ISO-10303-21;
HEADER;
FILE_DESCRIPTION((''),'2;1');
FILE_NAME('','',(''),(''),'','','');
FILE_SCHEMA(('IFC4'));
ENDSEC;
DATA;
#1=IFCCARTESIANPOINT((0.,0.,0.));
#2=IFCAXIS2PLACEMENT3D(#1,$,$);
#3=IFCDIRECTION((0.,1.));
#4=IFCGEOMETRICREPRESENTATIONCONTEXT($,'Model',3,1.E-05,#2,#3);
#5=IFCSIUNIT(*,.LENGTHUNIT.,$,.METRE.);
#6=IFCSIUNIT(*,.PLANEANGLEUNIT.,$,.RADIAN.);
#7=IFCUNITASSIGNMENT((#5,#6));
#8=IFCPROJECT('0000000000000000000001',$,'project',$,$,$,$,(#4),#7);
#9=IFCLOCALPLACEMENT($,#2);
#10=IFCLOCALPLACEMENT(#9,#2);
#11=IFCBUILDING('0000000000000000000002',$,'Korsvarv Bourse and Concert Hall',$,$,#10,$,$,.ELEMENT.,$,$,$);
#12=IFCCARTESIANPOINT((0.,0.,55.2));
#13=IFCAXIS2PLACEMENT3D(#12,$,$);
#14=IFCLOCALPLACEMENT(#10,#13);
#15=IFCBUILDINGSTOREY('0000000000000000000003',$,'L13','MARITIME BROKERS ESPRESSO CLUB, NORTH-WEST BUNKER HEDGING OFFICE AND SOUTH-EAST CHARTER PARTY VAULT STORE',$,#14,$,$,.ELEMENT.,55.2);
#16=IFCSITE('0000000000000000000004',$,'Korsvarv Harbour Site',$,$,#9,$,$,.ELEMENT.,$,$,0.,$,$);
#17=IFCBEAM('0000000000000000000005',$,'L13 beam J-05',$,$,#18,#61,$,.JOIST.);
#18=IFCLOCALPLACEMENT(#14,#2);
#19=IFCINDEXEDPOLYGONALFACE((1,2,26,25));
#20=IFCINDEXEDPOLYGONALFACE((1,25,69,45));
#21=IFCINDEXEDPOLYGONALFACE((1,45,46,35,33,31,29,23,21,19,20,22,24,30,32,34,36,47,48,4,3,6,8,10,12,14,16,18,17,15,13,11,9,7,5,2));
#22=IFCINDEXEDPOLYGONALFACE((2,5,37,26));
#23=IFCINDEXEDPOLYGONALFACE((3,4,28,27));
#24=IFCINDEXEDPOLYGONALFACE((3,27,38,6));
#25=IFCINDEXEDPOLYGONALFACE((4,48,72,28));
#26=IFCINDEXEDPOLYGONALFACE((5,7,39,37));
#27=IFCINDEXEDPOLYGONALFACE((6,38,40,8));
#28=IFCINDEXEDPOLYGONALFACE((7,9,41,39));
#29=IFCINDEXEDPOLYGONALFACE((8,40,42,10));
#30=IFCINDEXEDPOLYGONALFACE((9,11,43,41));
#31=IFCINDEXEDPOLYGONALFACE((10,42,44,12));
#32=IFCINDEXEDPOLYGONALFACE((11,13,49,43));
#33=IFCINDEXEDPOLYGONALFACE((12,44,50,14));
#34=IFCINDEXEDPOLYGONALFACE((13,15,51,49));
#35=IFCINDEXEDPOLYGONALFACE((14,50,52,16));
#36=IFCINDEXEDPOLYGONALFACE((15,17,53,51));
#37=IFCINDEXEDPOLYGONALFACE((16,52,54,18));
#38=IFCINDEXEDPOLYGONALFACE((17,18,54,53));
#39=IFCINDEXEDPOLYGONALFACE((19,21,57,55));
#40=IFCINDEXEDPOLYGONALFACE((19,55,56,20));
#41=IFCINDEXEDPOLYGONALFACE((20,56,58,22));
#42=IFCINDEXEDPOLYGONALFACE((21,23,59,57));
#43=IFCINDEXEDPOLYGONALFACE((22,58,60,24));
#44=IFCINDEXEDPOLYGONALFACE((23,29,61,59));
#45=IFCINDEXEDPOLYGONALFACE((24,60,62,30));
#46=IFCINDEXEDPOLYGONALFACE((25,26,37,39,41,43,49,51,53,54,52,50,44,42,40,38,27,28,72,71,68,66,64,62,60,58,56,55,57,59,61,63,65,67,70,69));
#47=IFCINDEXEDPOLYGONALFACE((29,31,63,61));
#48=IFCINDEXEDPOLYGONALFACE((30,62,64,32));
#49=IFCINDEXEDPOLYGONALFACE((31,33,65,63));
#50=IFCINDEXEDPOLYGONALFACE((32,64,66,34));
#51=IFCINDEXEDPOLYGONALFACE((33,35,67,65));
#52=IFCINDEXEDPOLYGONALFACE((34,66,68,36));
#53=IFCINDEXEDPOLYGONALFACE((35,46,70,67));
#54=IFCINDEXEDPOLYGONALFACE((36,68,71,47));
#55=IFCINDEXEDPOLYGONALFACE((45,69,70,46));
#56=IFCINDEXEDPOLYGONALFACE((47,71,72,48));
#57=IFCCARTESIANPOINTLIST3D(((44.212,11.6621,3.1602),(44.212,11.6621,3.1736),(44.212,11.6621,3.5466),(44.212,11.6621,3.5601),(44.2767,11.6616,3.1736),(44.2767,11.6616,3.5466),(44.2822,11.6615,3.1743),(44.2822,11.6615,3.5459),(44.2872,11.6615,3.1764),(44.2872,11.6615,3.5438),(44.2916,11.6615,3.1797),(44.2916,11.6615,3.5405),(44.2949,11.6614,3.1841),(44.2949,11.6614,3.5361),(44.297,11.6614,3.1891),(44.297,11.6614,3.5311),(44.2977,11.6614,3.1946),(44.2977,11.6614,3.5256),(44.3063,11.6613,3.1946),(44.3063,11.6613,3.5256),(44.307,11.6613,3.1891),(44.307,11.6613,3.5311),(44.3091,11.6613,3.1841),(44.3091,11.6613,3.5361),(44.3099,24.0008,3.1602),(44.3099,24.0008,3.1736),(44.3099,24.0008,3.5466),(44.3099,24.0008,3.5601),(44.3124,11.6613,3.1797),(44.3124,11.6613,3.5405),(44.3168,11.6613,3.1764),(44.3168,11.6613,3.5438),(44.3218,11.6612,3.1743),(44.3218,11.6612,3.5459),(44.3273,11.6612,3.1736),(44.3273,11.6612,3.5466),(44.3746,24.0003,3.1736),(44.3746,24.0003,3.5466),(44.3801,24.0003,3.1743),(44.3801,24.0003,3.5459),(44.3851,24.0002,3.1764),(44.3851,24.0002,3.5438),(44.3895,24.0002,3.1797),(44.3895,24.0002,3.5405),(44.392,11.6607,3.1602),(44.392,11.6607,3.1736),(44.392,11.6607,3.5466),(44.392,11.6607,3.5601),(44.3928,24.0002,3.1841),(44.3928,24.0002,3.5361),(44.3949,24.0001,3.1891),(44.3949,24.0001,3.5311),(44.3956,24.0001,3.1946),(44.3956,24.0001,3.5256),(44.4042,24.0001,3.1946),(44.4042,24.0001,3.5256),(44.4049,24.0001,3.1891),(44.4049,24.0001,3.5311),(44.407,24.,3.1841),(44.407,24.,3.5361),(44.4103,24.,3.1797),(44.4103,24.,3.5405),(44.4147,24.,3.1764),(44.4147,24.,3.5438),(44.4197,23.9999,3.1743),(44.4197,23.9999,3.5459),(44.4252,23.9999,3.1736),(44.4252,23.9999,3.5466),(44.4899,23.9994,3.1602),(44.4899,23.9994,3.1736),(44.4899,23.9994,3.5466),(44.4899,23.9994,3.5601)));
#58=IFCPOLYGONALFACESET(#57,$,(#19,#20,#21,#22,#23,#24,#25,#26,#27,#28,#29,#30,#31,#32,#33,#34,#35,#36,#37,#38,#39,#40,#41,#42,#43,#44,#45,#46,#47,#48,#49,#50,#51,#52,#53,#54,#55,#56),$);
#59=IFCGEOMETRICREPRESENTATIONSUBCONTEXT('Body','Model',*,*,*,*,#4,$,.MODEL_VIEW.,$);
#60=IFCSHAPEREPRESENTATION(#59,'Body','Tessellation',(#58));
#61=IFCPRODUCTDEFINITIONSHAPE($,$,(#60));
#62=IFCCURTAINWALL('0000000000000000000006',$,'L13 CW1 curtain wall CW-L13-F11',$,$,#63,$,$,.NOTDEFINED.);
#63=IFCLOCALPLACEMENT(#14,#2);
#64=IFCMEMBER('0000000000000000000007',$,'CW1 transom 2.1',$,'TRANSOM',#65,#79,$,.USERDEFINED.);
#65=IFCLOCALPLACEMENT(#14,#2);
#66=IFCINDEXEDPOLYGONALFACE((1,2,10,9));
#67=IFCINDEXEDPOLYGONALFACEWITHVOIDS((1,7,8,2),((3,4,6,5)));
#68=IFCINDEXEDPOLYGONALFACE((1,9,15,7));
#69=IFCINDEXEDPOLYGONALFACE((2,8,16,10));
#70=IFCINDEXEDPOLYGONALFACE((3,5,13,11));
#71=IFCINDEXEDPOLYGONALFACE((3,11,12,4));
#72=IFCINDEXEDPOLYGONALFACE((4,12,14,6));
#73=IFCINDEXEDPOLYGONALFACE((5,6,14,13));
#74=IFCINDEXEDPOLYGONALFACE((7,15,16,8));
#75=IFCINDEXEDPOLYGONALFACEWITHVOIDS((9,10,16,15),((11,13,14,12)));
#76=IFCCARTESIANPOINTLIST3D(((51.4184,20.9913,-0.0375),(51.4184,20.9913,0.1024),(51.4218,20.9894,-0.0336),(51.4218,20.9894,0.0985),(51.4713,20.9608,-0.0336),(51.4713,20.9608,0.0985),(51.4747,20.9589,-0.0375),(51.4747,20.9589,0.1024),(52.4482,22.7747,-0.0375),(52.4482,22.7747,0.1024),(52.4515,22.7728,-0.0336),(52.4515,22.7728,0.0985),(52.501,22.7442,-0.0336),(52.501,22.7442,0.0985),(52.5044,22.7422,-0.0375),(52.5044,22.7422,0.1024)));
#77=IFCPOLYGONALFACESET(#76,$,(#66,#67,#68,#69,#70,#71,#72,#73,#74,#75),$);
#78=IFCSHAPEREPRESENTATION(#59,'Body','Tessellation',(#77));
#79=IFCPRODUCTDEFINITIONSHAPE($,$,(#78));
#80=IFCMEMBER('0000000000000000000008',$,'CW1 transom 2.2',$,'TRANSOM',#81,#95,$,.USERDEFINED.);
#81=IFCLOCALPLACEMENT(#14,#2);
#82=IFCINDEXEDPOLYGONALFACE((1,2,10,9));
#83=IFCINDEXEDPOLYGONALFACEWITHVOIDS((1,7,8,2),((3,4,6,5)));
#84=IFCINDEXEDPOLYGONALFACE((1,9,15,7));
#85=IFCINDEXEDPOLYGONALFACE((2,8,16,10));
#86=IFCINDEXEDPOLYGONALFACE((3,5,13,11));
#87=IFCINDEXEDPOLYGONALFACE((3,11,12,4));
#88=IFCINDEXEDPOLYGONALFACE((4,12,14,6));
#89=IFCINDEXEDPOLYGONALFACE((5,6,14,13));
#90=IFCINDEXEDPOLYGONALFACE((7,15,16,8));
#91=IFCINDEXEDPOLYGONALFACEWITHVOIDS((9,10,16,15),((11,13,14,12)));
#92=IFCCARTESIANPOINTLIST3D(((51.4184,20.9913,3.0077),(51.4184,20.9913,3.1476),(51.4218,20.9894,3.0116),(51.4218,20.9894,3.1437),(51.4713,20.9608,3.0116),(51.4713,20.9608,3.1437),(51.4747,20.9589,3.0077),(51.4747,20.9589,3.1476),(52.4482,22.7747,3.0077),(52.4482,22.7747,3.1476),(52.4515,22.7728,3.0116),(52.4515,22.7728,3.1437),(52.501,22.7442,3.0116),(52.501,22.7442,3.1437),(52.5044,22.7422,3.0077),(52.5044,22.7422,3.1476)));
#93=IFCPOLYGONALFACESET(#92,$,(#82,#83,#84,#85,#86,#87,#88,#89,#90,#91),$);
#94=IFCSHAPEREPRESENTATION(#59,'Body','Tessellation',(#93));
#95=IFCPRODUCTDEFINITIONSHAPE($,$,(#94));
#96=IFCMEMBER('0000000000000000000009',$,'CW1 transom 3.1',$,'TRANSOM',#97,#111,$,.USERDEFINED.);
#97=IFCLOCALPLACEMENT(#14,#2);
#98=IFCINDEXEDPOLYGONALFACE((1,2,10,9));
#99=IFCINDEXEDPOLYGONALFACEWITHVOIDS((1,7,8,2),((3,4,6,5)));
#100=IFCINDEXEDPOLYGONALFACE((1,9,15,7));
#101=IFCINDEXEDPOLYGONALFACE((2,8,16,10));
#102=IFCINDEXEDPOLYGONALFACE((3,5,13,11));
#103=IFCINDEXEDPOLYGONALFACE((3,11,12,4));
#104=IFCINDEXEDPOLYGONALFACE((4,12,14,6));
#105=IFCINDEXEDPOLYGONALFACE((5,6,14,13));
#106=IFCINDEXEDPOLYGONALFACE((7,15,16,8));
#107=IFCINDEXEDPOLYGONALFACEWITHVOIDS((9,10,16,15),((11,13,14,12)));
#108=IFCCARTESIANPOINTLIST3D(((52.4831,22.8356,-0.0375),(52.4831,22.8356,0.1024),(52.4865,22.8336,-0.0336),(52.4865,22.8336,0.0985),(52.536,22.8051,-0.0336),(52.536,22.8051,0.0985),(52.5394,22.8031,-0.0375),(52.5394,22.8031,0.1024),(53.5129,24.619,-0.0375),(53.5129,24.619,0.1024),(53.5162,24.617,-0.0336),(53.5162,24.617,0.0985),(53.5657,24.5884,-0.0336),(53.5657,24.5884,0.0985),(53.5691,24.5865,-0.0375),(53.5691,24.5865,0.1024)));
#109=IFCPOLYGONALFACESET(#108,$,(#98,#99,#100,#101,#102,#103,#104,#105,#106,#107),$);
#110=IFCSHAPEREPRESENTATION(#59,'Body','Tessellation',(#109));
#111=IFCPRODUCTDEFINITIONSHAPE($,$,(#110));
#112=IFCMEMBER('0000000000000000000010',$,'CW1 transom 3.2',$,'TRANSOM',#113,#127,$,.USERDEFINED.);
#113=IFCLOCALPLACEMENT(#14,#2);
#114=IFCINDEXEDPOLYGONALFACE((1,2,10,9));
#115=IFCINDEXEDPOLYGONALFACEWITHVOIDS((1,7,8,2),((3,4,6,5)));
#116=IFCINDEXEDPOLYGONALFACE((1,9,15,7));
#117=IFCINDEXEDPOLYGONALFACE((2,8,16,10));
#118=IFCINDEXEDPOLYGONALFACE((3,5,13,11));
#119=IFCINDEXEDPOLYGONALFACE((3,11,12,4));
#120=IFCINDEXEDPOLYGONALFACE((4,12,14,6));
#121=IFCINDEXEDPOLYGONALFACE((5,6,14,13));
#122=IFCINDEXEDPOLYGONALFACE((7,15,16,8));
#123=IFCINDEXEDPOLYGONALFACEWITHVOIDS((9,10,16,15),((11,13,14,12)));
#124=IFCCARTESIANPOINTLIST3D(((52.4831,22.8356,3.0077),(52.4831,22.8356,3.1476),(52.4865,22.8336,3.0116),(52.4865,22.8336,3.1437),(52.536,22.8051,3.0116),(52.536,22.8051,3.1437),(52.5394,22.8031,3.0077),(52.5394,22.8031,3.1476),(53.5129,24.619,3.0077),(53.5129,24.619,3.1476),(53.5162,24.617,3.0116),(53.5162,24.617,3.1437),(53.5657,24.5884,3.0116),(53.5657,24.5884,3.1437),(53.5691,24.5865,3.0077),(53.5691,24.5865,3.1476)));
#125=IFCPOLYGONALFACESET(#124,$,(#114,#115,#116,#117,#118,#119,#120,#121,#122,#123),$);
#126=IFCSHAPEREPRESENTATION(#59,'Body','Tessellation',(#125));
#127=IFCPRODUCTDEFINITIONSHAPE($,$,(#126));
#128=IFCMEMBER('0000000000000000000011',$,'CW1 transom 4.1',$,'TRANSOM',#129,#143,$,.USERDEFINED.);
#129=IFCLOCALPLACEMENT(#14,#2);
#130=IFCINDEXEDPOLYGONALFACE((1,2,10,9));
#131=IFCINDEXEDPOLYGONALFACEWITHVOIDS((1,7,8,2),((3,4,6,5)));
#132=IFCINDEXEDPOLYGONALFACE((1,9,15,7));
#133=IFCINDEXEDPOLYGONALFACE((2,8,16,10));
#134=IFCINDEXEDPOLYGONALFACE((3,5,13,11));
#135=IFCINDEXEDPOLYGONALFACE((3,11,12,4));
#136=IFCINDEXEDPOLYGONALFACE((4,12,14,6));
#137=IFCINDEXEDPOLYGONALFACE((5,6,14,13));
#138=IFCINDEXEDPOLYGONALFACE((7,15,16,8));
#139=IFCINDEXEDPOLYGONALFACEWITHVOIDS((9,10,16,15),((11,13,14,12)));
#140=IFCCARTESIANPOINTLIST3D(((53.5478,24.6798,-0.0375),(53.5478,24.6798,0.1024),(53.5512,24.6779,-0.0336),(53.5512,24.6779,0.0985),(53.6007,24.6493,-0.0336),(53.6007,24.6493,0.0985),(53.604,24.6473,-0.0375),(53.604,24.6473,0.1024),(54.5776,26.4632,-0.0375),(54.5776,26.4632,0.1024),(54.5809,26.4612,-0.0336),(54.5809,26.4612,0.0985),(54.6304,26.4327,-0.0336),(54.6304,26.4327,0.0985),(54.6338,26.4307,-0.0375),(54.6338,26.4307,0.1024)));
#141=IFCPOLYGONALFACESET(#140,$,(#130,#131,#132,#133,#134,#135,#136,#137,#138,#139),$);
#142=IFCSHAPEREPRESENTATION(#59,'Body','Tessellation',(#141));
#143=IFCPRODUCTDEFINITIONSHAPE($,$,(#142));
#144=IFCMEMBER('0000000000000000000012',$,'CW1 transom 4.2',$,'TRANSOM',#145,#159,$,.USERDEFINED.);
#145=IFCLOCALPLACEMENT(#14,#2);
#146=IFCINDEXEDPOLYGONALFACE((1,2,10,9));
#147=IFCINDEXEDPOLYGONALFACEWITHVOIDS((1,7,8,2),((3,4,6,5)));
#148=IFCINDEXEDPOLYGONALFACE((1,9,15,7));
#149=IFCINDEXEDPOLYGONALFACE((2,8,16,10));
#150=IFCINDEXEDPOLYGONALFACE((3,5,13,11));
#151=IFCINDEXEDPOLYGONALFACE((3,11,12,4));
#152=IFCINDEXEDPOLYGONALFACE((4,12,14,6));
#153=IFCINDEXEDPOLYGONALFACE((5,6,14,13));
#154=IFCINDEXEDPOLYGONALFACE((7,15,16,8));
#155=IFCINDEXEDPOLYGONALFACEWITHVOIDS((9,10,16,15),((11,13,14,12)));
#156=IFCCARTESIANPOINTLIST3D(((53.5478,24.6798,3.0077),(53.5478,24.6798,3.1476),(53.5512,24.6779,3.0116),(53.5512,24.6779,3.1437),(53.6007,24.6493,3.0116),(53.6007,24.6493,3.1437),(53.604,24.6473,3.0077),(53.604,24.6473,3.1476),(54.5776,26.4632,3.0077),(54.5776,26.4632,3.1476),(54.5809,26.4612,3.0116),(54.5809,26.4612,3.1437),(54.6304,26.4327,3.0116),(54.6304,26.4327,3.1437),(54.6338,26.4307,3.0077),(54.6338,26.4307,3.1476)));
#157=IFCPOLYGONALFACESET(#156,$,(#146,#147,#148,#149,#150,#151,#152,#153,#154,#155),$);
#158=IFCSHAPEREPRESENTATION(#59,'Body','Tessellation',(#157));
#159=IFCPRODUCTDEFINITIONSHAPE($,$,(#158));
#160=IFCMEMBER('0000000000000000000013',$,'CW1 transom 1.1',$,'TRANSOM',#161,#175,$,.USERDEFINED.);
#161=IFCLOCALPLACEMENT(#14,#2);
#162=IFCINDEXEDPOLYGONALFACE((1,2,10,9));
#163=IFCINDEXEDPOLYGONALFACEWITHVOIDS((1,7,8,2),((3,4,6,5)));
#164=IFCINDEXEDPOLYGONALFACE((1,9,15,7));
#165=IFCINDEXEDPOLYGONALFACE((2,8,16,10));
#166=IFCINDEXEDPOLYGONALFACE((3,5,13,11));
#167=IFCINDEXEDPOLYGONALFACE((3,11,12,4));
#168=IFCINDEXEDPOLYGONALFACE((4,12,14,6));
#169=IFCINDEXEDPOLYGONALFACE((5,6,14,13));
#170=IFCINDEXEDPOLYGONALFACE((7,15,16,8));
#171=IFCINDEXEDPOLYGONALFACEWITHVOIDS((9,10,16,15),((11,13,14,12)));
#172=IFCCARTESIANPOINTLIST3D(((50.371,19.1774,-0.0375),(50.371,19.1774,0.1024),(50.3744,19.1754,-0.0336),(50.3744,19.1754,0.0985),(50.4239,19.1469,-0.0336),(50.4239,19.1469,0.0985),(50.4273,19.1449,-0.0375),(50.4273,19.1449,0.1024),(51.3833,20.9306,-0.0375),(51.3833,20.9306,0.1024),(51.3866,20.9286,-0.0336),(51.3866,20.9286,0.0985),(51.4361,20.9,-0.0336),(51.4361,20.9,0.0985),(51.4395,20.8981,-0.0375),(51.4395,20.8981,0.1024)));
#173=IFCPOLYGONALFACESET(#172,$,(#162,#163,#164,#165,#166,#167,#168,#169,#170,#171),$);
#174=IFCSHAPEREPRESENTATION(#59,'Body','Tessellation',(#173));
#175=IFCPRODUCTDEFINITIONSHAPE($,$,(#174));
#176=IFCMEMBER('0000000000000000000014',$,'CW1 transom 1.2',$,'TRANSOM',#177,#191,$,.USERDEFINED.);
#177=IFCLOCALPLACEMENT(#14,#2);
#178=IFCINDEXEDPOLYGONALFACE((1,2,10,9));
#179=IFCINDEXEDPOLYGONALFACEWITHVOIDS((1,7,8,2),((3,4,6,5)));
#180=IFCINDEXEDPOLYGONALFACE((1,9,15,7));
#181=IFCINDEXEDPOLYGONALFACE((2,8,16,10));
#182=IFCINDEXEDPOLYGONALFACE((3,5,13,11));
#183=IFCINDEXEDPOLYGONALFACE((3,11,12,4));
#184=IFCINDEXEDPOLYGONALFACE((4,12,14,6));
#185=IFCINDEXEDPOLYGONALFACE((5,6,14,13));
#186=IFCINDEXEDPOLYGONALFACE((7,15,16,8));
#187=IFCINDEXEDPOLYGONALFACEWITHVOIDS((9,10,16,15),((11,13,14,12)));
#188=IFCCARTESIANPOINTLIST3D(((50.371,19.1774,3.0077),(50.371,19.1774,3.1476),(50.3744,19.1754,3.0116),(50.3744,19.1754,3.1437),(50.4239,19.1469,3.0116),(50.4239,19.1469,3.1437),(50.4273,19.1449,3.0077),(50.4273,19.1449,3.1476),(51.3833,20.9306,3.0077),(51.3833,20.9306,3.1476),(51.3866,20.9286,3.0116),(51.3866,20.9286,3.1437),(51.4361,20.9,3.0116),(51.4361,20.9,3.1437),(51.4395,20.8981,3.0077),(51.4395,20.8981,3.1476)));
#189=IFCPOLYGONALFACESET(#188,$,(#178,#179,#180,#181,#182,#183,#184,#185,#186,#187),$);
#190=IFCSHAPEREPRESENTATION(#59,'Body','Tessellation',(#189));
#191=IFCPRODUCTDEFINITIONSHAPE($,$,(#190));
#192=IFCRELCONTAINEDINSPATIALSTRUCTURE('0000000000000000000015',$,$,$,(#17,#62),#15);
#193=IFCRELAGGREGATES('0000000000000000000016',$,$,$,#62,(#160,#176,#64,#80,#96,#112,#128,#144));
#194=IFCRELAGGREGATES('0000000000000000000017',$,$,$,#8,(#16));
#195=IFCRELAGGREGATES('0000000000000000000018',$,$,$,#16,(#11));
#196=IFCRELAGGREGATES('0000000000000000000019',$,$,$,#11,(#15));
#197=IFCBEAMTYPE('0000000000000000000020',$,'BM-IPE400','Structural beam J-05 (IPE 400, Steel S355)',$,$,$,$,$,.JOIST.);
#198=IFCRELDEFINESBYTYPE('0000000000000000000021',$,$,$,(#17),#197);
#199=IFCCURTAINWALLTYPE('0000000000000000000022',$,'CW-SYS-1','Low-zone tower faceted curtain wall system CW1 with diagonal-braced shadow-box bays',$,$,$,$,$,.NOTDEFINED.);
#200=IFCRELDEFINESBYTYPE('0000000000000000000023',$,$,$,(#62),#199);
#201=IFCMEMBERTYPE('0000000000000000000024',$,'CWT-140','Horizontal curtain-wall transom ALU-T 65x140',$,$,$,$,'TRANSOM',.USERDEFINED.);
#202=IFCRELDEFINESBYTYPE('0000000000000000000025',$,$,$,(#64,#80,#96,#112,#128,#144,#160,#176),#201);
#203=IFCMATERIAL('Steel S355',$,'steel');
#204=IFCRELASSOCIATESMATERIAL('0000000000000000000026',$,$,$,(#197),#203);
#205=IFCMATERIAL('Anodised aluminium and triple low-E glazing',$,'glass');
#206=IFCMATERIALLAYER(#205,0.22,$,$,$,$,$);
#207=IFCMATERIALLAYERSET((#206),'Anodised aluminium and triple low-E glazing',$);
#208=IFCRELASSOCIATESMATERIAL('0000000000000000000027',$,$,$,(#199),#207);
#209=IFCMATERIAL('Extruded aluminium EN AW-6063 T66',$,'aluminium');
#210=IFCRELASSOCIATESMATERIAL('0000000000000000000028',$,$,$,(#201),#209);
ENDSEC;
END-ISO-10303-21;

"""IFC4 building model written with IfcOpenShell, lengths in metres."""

from ifc_helpers import new_model, si_unit, direction, frame, origin, origin_2d, place, context, subcontext, project, spatial, hollow_rectangle, i_section, extrude, source, transform, mapped, material, layer, layer_set, material_profile, profile_set, type_object, element, aggregate, save


model = new_model("IFC4")

# Units and contexts
model_context = context("Model", 3, precision=1e-05, world=origin(), true_north=direction((0.0, 1.0)))
body_context = subcontext(model_context, "Body", "Model", "MODEL_VIEW")
ifc_project = project(units=[si_unit("LENGTHUNIT", "METRE"), si_unit("PLANEANGLEUNIT", "RADIAN")], contexts=[model_context])

# Site, building, storey
site_placement = place(None, origin())
site = spatial("IfcSite", under=ifc_project, at=site_placement, Name="Korsvarv Harbour Site", CompositionType="ELEMENT", RefElevation=0.0)
building_placement = place(site_placement, origin())
building = spatial("IfcBuilding", under=site, at=building_placement, Name="Korsvarv Bourse and Concert Hall", CompositionType="ELEMENT")
storey_placement = place(building_placement, frame((0.0, 0.0, 55.2)))
storey = spatial("IfcBuildingStorey", under=building, at=storey_placement, Name="L13", Description="MARITIME BROKERS ESPRESSO CLUB, NORTH-WEST BUNKER HEDGING OFFICE AND SOUTH-EAST CHARTER PARTY VAULT STORE", CompositionType="ELEMENT", Elevation=55.2)

# Beam
ifc_material_1 = material(Name="Steel S355", Category="steel")
ifc_material_profile_1 = material_profile(ifc_material_1, i_section(OverallWidth=0.1799, OverallDepth=0.3999, WebThickness=0.0085, FlangeThickness=0.0134, FilletRadius=0.021, at=origin_2d()), Name="IPE 400")
ifc_profile_set_1 = profile_set([ifc_material_profile_1], Name="Steel S355")
beam_type_1 = type_object("IfcBeamType", Name="BM-IPE400", Description="Structural beam J-05 (IPE 400, Steel S355)", PredefinedType="JOIST", material=ifc_profile_set_1)
shared_shape_1 = source(origin(), body_context, "Body", "SweptSolid", [
    extrude(i_section(OverallWidth=0.1799, OverallDepth=0.3999, WebThickness=0.0085, FlangeThickness=0.0134, FilletRadius=0.021, at=origin_2d()), origin(), (0.0, 0.0, 1.0), 12.3391),
])
beam_1_placement = place(storey_placement, frame((44.302, 11.6614, 3.3601), z_axis=(0.007934, 0.999969, 0.0), x_axis=(-0.999969, 0.007934, 0.0)))
element("IfcBeam", 1, at=beam_1_placement, inside=storey, type_object=beam_type_1, Name="L13 beam J-05", PredefinedType="JOIST", context=body_context, shape_type="MappedRepresentation", body=[
    mapped(shared_shape_1, transform((0.0, 0.0, 0.0), scale=1.0)),
])

# Curtain wall, members
ifc_material_2 = material(Name="Anodised aluminium and triple low-E glazing", Category="glass")
ifc_layer_1 = layer(ifc_material_2, 0.22)
ifc_layer_set_1 = layer_set([ifc_layer_1], Name="Anodised aluminium and triple low-E glazing")
curtain_wall_type = type_object("IfcCurtainWallType", Name="CW-SYS-1", Description="Low-zone tower faceted curtain wall system CW1 with diagonal-braced shadow-box bays", PredefinedType="NOTDEFINED", material=ifc_layer_set_1)
curtain_wall_placement = place(storey_placement, origin())
curtain_wall = element("IfcCurtainWall", 2, at=curtain_wall_placement, inside=storey, type_object=curtain_wall_type, Name="L13 CW1 curtain wall CW-L13-F11", PredefinedType="NOTDEFINED")
ifc_material_3 = material(Name="Extruded aluminium EN AW-6063 T66", Category="aluminium")
ifc_material_profile_2 = material_profile(ifc_material_3, hollow_rectangle(XDim=0.0649, YDim=0.1399, WallThickness=0.0039, at=origin_2d()), Name="ALU-T 65x140")
ifc_profile_set_2 = profile_set([ifc_material_profile_2], Name="Extruded aluminium EN AW-6063 T66")
member_type_1 = type_object("IfcMemberType", Name="CWT-140", Description="Horizontal curtain-wall transom ALU-T 65x140", ElementType="TRANSOM", PredefinedType="USERDEFINED", material=ifc_profile_set_2)
shared_shape_2 = source(origin(), body_context, "Body", "SweptSolid", [
    extrude(hollow_rectangle(XDim=0.0649, YDim=0.1399, WallThickness=0.0039, at=origin_2d()), origin(), (0.0, 0.0, 1.0), 2.0593),
])
member_1_placement = place(storey_placement, frame((51.4465, 20.9751, 0.0325), z_axis=(0.500041, 0.866002, 0.0), x_axis=(-0.866002, 0.500041, 0.0)))
member_1 = element("IfcMember", 3, at=member_1_placement, type_object=member_type_1, Name="CW1 transom 2.1", ObjectType="TRANSOM", PredefinedType="USERDEFINED", context=body_context, shape_type="MappedRepresentation", body=[
    mapped(shared_shape_2, transform((0.0, 0.0, 0.0), scale=1.0)),
])
member_2_placement = place(storey_placement, frame((51.4465, 20.9751, 3.0776), z_axis=(0.500041, 0.866002, 0.0), x_axis=(-0.866002, 0.500041, 0.0)))
member_2 = element("IfcMember", 4, at=member_2_placement, type_object=member_type_1, Name="CW1 transom 2.2", ObjectType="TRANSOM", PredefinedType="USERDEFINED", context=body_context, shape_type="MappedRepresentation", body=[
    mapped(shared_shape_2, transform((0.0, 0.0, 0.0), scale=1.0)),
])
member_3_placement = place(storey_placement, frame((52.5112, 22.8193, 0.0325), z_axis=(0.500041, 0.866002, 0.0), x_axis=(-0.866002, 0.500041, 0.0)))
member_3 = element("IfcMember", 5, at=member_3_placement, type_object=member_type_1, Name="CW1 transom 3.1", ObjectType="TRANSOM", PredefinedType="USERDEFINED", context=body_context, shape_type="MappedRepresentation", body=[
    mapped(shared_shape_2, transform((0.0, 0.0, 0.0), scale=1.0)),
])
member_4_placement = place(storey_placement, frame((52.5112, 22.8193, 3.0776), z_axis=(0.500041, 0.866002, 0.0), x_axis=(-0.866002, 0.500041, 0.0)))
member_4 = element("IfcMember", 6, at=member_4_placement, type_object=member_type_1, Name="CW1 transom 3.2", ObjectType="TRANSOM", PredefinedType="USERDEFINED", context=body_context, shape_type="MappedRepresentation", body=[
    mapped(shared_shape_2, transform((0.0, 0.0, 0.0), scale=1.0)),
])
member_5_placement = place(storey_placement, frame((53.5759, 24.6636, 0.0325), z_axis=(0.500041, 0.866002, 0.0), x_axis=(-0.866002, 0.500041, 0.0)))
member_5 = element("IfcMember", 7, at=member_5_placement, type_object=member_type_1, Name="CW1 transom 4.1", ObjectType="TRANSOM", PredefinedType="USERDEFINED", context=body_context, shape_type="MappedRepresentation", body=[
    mapped(shared_shape_2, transform((0.0, 0.0, 0.0), scale=1.0)),
])
member_6_placement = place(storey_placement, frame((53.5759, 24.6636, 3.0776), z_axis=(0.500041, 0.866002, 0.0), x_axis=(-0.866002, 0.500041, 0.0)))
member_6 = element("IfcMember", 8, at=member_6_placement, type_object=member_type_1, Name="CW1 transom 4.2", ObjectType="TRANSOM", PredefinedType="USERDEFINED", context=body_context, shape_type="MappedRepresentation", body=[
    mapped(shared_shape_2, transform((0.0, 0.0, 0.0), scale=1.0)),
])
shared_shape_3 = source(origin(), body_context, "Body", "SweptSolid", [
    extrude(hollow_rectangle(XDim=0.0649, YDim=0.1399, WallThickness=0.0039, at=origin_2d()), origin(), (0.0, 0.0, 1.0), 2.0244),
])
member_7_placement = place(storey_placement, frame((50.3992, 19.1611, 0.0325), z_axis=(0.500004, 0.866023, 0.0), x_axis=(-0.866023, 0.500004, 0.0)))
member_7 = element("IfcMember", 9, at=member_7_placement, type_object=member_type_1, Name="CW1 transom 1.1", ObjectType="TRANSOM", PredefinedType="USERDEFINED", context=body_context, shape_type="MappedRepresentation", body=[
    mapped(shared_shape_3, transform((0.0, 0.0, 0.0), scale=1.0)),
])
member_8_placement = place(storey_placement, frame((50.3992, 19.1611, 3.0776), z_axis=(0.500004, 0.866023, 0.0), x_axis=(-0.866023, 0.500004, 0.0)))
member_8 = element("IfcMember", 10, at=member_8_placement, type_object=member_type_1, Name="CW1 transom 1.2", ObjectType="TRANSOM", PredefinedType="USERDEFINED", context=body_context, shape_type="MappedRepresentation", body=[
    mapped(shared_shape_3, transform((0.0, 0.0, 0.0), scale=1.0)),
])
aggregate(curtain_wall, [member_7, member_8, member_1, member_2, member_3, member_4, member_5, member_6])

save(model, "model.ifc")
